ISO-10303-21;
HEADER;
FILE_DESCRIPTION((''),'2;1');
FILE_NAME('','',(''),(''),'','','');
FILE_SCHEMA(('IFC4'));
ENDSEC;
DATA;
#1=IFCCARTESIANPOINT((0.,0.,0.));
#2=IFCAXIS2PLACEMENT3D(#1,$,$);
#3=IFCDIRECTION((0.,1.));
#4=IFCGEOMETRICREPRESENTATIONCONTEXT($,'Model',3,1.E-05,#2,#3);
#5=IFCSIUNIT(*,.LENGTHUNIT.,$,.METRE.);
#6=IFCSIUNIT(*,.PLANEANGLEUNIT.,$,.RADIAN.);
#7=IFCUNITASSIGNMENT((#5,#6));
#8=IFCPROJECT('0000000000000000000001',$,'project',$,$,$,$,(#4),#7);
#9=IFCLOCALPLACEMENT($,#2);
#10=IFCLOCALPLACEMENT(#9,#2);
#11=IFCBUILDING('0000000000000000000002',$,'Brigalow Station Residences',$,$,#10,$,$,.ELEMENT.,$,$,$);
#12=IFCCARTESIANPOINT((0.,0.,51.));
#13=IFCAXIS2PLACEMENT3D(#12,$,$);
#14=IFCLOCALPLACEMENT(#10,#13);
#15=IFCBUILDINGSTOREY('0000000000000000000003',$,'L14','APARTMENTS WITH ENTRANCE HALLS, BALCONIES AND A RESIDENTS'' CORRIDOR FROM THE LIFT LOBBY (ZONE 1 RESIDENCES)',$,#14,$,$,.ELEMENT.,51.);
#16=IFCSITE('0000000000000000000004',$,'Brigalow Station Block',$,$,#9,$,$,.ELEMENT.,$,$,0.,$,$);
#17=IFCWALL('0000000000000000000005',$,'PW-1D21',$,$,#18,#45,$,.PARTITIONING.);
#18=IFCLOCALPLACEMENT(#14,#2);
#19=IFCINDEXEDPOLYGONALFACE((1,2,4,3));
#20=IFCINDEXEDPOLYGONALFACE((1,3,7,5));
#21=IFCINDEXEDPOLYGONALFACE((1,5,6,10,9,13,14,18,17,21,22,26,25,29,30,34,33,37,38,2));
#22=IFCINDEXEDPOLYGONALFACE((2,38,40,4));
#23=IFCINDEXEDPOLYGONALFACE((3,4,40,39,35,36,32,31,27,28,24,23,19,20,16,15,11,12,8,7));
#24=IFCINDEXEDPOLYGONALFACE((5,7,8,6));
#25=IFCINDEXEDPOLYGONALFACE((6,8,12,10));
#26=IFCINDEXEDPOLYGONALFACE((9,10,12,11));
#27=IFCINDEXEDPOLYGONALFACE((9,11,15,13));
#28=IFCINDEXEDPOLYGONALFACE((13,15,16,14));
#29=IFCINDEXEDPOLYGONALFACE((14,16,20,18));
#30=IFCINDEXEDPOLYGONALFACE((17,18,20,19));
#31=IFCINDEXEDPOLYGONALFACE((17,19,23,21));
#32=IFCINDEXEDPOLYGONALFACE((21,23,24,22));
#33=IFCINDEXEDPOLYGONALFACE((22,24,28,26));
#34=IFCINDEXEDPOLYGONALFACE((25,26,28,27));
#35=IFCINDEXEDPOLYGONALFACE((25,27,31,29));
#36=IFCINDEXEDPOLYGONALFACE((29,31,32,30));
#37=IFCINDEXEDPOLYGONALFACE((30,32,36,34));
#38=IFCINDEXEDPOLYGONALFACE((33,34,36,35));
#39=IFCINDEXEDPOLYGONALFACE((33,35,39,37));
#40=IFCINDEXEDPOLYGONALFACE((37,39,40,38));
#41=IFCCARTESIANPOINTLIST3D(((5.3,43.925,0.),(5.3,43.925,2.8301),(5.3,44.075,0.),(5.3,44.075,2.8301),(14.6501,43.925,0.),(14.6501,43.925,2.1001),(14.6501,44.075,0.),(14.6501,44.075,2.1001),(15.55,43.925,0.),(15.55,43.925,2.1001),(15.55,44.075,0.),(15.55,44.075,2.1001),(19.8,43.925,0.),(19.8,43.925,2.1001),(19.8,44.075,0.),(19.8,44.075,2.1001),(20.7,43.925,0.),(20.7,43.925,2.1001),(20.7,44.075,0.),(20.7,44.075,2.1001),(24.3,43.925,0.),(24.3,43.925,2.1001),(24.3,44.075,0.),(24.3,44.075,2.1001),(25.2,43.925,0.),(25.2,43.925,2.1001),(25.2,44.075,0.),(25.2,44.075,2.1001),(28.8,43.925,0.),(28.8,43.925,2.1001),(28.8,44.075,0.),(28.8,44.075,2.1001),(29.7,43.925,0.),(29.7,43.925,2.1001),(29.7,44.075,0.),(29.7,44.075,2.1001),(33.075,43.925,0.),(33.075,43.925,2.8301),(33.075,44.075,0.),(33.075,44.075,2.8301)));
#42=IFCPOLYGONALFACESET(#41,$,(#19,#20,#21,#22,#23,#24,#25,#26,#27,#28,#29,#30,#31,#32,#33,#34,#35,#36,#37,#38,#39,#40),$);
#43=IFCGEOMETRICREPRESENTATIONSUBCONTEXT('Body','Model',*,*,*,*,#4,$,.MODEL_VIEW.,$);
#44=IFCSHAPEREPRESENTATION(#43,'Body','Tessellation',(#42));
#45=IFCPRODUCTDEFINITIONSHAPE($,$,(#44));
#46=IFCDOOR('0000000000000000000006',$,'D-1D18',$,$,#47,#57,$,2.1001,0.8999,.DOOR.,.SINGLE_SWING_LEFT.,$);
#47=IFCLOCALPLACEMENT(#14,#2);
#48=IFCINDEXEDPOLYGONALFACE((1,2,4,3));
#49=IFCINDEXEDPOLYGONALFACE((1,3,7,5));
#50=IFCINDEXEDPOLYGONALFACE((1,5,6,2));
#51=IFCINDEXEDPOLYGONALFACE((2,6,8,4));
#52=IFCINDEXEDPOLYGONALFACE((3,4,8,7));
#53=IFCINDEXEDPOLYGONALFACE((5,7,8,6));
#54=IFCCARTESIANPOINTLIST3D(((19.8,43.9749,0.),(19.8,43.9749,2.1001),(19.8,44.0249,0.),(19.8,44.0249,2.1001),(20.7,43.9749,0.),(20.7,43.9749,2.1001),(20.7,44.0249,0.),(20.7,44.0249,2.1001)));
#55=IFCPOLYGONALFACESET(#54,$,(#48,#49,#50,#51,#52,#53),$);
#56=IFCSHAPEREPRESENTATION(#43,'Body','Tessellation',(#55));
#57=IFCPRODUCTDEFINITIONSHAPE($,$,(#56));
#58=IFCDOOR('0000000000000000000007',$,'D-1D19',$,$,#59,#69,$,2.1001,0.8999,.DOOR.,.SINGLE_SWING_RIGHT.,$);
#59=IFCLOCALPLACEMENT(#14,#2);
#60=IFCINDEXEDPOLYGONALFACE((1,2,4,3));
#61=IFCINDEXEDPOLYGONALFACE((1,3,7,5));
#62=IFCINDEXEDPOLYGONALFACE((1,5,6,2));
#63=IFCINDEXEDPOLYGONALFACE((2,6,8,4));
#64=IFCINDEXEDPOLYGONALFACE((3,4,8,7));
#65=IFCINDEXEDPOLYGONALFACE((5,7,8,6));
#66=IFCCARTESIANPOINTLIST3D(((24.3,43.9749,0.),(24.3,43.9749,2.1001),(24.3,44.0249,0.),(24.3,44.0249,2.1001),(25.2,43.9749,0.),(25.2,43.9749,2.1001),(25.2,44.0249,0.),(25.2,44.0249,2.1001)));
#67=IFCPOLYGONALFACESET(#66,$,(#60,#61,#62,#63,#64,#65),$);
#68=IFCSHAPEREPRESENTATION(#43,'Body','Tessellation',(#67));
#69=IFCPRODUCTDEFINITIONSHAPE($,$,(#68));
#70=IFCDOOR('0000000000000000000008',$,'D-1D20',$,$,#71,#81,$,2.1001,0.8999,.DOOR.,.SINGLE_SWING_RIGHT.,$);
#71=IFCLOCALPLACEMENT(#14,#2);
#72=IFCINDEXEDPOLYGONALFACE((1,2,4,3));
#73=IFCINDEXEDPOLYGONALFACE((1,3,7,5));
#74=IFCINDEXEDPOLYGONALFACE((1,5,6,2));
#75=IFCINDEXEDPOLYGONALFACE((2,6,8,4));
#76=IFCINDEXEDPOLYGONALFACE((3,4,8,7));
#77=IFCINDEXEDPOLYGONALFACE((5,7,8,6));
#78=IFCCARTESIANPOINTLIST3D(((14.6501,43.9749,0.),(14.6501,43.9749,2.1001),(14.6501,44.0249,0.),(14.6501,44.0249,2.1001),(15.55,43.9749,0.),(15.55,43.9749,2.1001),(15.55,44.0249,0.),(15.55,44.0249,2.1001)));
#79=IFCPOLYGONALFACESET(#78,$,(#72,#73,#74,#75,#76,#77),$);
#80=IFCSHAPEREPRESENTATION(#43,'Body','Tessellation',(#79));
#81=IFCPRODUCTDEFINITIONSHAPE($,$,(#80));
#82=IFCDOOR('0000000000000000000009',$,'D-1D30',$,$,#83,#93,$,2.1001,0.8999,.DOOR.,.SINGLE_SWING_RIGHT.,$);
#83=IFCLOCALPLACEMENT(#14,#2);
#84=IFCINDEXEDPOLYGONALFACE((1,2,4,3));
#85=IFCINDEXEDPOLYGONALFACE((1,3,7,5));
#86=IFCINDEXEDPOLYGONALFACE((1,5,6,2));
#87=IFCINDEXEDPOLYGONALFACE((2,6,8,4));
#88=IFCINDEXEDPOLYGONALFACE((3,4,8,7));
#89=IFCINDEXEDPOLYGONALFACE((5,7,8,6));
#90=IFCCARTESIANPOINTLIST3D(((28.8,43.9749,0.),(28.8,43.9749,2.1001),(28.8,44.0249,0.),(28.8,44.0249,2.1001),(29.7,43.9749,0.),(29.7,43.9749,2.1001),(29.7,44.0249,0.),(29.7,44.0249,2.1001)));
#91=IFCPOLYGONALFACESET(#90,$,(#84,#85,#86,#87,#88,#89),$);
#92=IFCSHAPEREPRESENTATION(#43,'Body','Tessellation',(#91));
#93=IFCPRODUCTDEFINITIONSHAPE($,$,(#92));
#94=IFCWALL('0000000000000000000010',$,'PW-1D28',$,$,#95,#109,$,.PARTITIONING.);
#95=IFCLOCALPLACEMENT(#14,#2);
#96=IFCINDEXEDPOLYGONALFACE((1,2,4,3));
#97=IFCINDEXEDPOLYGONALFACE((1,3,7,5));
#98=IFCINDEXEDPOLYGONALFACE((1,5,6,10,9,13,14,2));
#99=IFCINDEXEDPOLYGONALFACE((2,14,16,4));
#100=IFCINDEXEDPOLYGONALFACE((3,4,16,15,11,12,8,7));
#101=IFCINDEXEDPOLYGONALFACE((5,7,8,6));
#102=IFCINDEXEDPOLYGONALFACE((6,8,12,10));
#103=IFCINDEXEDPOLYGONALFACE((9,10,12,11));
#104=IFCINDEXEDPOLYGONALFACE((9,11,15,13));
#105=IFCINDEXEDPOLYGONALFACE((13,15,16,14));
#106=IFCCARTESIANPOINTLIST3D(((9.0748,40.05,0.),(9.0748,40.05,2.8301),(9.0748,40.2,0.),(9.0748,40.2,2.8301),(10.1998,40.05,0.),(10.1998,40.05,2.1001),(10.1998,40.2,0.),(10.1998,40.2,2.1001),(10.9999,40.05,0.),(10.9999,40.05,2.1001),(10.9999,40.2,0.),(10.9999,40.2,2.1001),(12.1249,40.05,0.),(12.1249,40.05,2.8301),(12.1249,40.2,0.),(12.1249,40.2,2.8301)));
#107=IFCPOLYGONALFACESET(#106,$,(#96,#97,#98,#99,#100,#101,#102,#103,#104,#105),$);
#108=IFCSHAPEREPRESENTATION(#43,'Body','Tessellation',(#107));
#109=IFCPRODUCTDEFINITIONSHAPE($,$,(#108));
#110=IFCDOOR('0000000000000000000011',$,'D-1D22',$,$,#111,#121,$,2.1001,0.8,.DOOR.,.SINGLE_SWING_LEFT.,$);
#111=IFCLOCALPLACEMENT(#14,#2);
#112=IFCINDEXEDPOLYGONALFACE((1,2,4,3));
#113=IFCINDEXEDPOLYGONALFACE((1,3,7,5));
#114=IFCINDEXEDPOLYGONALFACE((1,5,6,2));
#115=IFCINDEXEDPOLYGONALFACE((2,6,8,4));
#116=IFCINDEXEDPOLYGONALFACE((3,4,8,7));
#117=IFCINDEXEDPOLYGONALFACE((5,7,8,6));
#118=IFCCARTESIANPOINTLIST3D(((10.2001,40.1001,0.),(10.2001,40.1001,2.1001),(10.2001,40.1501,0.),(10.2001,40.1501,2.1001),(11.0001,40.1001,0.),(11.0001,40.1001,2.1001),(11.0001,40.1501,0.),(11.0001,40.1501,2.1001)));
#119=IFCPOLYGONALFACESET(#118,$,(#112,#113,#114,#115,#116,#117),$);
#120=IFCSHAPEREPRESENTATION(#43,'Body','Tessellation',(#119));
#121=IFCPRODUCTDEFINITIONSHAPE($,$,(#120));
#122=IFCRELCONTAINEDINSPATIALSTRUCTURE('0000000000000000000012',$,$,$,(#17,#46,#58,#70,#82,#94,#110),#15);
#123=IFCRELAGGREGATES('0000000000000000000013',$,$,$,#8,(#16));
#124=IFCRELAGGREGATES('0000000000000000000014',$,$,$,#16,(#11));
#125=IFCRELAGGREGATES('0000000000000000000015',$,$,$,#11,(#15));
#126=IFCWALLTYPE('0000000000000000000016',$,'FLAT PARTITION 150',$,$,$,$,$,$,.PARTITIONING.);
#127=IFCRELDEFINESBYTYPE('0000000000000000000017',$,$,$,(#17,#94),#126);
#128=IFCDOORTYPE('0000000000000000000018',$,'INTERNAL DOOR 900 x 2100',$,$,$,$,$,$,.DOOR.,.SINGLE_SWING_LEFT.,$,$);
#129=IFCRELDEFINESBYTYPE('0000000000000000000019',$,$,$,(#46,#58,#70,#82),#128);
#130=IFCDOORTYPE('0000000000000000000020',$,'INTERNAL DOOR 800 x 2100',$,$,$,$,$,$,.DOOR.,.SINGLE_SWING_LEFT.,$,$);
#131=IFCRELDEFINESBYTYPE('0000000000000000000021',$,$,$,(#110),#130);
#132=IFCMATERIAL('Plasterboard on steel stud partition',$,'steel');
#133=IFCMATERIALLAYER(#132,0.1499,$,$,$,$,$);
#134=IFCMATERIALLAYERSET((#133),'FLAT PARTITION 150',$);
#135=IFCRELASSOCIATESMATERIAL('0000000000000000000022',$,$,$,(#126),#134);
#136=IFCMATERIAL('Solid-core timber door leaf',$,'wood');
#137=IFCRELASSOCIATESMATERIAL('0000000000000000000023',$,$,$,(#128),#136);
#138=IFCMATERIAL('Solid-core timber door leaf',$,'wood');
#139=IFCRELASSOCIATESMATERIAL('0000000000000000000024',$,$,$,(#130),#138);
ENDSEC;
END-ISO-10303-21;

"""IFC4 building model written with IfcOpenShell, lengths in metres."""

from ifc_helpers import new_model, si_unit, direction, frame, frame_2d, origin, place, context, subcontext, project, spatial, rectangle, extrude, material, layer, layer_set, type_object, element, fill, save


model = new_model("IFC4")

# Units and contexts
model_context = context("Model", 3, precision=1e-05, world=origin(), true_north=direction((0.0, 1.0)))
body_context = subcontext(model_context, "Body", "Model", "MODEL_VIEW")
ifc_project = project(units=[si_unit("LENGTHUNIT", "METRE"), si_unit("PLANEANGLEUNIT", "RADIAN")], contexts=[model_context])

# Site, building, storey
site_placement = place(None, origin())
site = spatial("IfcSite", under=ifc_project, at=site_placement, Name="Brigalow Station Block", CompositionType="ELEMENT", RefElevation=0.0)
building_placement = place(site_placement, origin())
building = spatial("IfcBuilding", under=site, at=building_placement, Name="Brigalow Station Residences", CompositionType="ELEMENT")
storey_placement = place(building_placement, frame((0.0, 0.0, 51.0)))
storey = spatial("IfcBuildingStorey", under=building, at=storey_placement, Name="L14", Description="APARTMENTS WITH ENTRANCE HALLS, BALCONIES AND A RESIDENTS' CORRIDOR FROM THE LIFT LOBBY (ZONE 1 RESIDENCES)", CompositionType="ELEMENT", Elevation=51.0)

# Wall, openings, doors
ifc_material_1 = material(Name="Plasterboard on steel stud partition", Category="steel")
ifc_layer_1 = layer(ifc_material_1, 0.1499)
ifc_layer_set_1 = layer_set([ifc_layer_1], Name="FLAT PARTITION 150")
wall_type_1 = type_object("IfcWallType", Name="FLAT PARTITION 150", PredefinedType="PARTITIONING", material=ifc_layer_set_1)
wall_1_placement = place(storey_placement, frame((5.3, 44.0, 0.0), z_axis=(0.0, 0.0, 1.0), x_axis=(1.0, 0.0, 0.0)))
wall_1 = element("IfcWall", 1, at=wall_1_placement, inside=storey, type_object=wall_type_1, Name="PW-1D21", PredefinedType="PARTITIONING", context=body_context, shape_type="SweptSolid", body=[
    extrude(rectangle(XDim=27.7749, YDim=0.1499, at=frame_2d((13.8875, 0.0))), origin(), (0.0, 0.0, 1.0), 2.8301),
])
opening_1_placement = place(wall_1_placement, frame((14.5, 0.0, 0.0)))
opening_1 = element("IfcOpeningElement", 2, at=opening_1_placement, cuts=wall_1, PredefinedType="OPENING", context=body_context, shape_type="SweptSolid", body=[
    extrude(rectangle(XDim=0.8999, YDim=2.1001, at=frame_2d((0.45, 1.05))), frame((0.0, 0.085, 0.0), z_axis=(0.0, -1.0, 0.0), x_axis=(1.0, 0.0, 0.0)), (0.0, 0.0, 1.0), 0.1699),
])
opening_2_placement = place(wall_1_placement, frame((19.0, 0.0, 0.0)))
opening_2 = element("IfcOpeningElement", 3, at=opening_2_placement, cuts=wall_1, PredefinedType="OPENING", context=body_context, shape_type="SweptSolid", body=[
    extrude(rectangle(XDim=0.8999, YDim=2.1001, at=frame_2d((0.45, 1.05))), frame((0.0, 0.085, 0.0), z_axis=(0.0, -1.0, 0.0), x_axis=(1.0, 0.0, 0.0)), (0.0, 0.0, 1.0), 0.1699),
])
opening_3_placement = place(wall_1_placement, frame((9.3501, 0.0, 0.0)))
opening_3 = element("IfcOpeningElement", 4, at=opening_3_placement, cuts=wall_1, PredefinedType="OPENING", context=body_context, shape_type="SweptSolid", body=[
    extrude(rectangle(XDim=0.8999, YDim=2.1001, at=frame_2d((0.45, 1.05))), frame((0.0, 0.085, 0.0), z_axis=(0.0, -1.0, 0.0), x_axis=(1.0, 0.0, 0.0)), (0.0, 0.0, 1.0), 0.1699),
])
opening_4_placement = place(wall_1_placement, frame((23.5, 0.0, 0.0)))
opening_4 = element("IfcOpeningElement", 5, at=opening_4_placement, cuts=wall_1, PredefinedType="OPENING", context=body_context, shape_type="SweptSolid", body=[
    extrude(rectangle(XDim=0.8999, YDim=2.1001, at=frame_2d((0.45, 1.05))), frame((0.0, 0.085, 0.0), z_axis=(0.0, -1.0, 0.0), x_axis=(1.0, 0.0, 0.0)), (0.0, 0.0, 1.0), 0.1699),
])
ifc_material_2 = material(Name="Solid-core timber door leaf", Category="wood")
door_type_1 = type_object("IfcDoorType", Name="INTERNAL DOOR 900 x 2100", OperationType="SINGLE_SWING_LEFT", PredefinedType="DOOR", material=ifc_material_2)
door_1_placement = place(opening_1_placement, origin())
door_1 = element("IfcDoor", 6, at=door_1_placement, inside=storey, type_object=door_type_1, Name="D-1D18", OperationType="SINGLE_SWING_LEFT", OverallHeight=2.1001, OverallWidth=0.8999, PredefinedType="DOOR", context=body_context, shape_type="SweptSolid", body=[
    extrude(rectangle(XDim=0.8999, YDim=2.1001, at=frame_2d((0.45, 1.05))), frame((0.0, 0.0249, 0.0), z_axis=(0.0, -1.0, 0.0), x_axis=(1.0, 0.0, 0.0)), (0.0, 0.0, 1.0), 0.05),
])
fill(opening_1, door_1)
door_2_placement = place(opening_2_placement, origin())
door_2 = element("IfcDoor", 7, at=door_2_placement, inside=storey, type_object=door_type_1, Name="D-1D19", OperationType="SINGLE_SWING_RIGHT", OverallHeight=2.1001, OverallWidth=0.8999, PredefinedType="DOOR", context=body_context, shape_type="SweptSolid", body=[
    extrude(rectangle(XDim=0.8999, YDim=2.1001, at=frame_2d((0.45, 1.05))), frame((0.0, 0.0249, 0.0), z_axis=(0.0, -1.0, 0.0), x_axis=(1.0, 0.0, 0.0)), (0.0, 0.0, 1.0), 0.05),
])
fill(opening_2, door_2)
door_3_placement = place(opening_3_placement, origin())
door_3 = element("IfcDoor", 8, at=door_3_placement, inside=storey, type_object=door_type_1, Name="D-1D20", OperationType="SINGLE_SWING_RIGHT", OverallHeight=2.1001, OverallWidth=0.8999, PredefinedType="DOOR", context=body_context, shape_type="SweptSolid", body=[
    extrude(rectangle(XDim=0.8999, YDim=2.1001, at=frame_2d((0.45, 1.05))), frame((0.0, 0.0249, 0.0), z_axis=(0.0, -1.0, 0.0), x_axis=(1.0, 0.0, 0.0)), (0.0, 0.0, 1.0), 0.05),
])
fill(opening_3, door_3)
door_4_placement = place(opening_4_placement, origin())
door_4 = element("IfcDoor", 9, at=door_4_placement, inside=storey, type_object=door_type_1, Name="D-1D30", OperationType="SINGLE_SWING_RIGHT", OverallHeight=2.1001, OverallWidth=0.8999, PredefinedType="DOOR", context=body_context, shape_type="SweptSolid", body=[
    extrude(rectangle(XDim=0.8999, YDim=2.1001, at=frame_2d((0.45, 1.05))), frame((0.0, 0.0249, 0.0), z_axis=(0.0, -1.0, 0.0), x_axis=(1.0, 0.0, 0.0)), (0.0, 0.0, 1.0), 0.05),
])
fill(opening_4, door_4)

# Wall, opening, door
wall_2_placement = place(storey_placement, frame((9.075, 40.125, 0.0), z_axis=(0.0, 0.0, 1.0), x_axis=(1.0, 0.0, 0.0)))
wall_2 = element("IfcWall", 10, at=wall_2_placement, inside=storey, type_object=wall_type_1, Name="PW-1D28", PredefinedType="PARTITIONING", context=body_context, shape_type="SweptSolid", body=[
    extrude(rectangle(XDim=3.05, YDim=0.1499, at=frame_2d((1.5249, 0.0))), origin(), (0.0, 0.0, 1.0), 2.8301),
])
opening_5_placement = place(wall_2_placement, frame((1.125, 0.0, 0.0)))
opening_5 = element("IfcOpeningElement", 11, at=opening_5_placement, cuts=wall_2, PredefinedType="OPENING", context=body_context, shape_type="SweptSolid", body=[
    extrude(rectangle(XDim=0.8, YDim=2.1001, at=frame_2d((0.3999, 1.05))), frame((0.0, 0.085, 0.0), z_axis=(0.0, -1.0, 0.0), x_axis=(1.0, 0.0, 0.0)), (0.0, 0.0, 1.0), 0.1699),
])
ifc_material_3 = material(Name="Solid-core timber door leaf", Category="wood")
door_type_2 = type_object("IfcDoorType", Name="INTERNAL DOOR 800 x 2100", OperationType="SINGLE_SWING_LEFT", PredefinedType="DOOR", material=ifc_material_3)
door_5_placement = place(opening_5_placement, frame((0.8, 0.0, 0.0), z_axis=(0.0, 0.0, 1.0), x_axis=(-1.0, 0.0, 0.0)))
door_5 = element("IfcDoor", 12, at=door_5_placement, inside=storey, type_object=door_type_2, Name="D-1D22", OperationType="SINGLE_SWING_LEFT", OverallHeight=2.1001, OverallWidth=0.8, PredefinedType="DOOR", context=body_context, shape_type="SweptSolid", body=[
    extrude(rectangle(XDim=0.8, YDim=2.1001, at=frame_2d((0.3999, 1.05))), frame((0.0, 0.0249, 0.0), z_axis=(0.0, -1.0, 0.0), x_axis=(1.0, 0.0, 0.0)), (0.0, 0.0, 1.0), 0.05),
])
fill(opening_5, door_5)

save(model, "model.ifc")
